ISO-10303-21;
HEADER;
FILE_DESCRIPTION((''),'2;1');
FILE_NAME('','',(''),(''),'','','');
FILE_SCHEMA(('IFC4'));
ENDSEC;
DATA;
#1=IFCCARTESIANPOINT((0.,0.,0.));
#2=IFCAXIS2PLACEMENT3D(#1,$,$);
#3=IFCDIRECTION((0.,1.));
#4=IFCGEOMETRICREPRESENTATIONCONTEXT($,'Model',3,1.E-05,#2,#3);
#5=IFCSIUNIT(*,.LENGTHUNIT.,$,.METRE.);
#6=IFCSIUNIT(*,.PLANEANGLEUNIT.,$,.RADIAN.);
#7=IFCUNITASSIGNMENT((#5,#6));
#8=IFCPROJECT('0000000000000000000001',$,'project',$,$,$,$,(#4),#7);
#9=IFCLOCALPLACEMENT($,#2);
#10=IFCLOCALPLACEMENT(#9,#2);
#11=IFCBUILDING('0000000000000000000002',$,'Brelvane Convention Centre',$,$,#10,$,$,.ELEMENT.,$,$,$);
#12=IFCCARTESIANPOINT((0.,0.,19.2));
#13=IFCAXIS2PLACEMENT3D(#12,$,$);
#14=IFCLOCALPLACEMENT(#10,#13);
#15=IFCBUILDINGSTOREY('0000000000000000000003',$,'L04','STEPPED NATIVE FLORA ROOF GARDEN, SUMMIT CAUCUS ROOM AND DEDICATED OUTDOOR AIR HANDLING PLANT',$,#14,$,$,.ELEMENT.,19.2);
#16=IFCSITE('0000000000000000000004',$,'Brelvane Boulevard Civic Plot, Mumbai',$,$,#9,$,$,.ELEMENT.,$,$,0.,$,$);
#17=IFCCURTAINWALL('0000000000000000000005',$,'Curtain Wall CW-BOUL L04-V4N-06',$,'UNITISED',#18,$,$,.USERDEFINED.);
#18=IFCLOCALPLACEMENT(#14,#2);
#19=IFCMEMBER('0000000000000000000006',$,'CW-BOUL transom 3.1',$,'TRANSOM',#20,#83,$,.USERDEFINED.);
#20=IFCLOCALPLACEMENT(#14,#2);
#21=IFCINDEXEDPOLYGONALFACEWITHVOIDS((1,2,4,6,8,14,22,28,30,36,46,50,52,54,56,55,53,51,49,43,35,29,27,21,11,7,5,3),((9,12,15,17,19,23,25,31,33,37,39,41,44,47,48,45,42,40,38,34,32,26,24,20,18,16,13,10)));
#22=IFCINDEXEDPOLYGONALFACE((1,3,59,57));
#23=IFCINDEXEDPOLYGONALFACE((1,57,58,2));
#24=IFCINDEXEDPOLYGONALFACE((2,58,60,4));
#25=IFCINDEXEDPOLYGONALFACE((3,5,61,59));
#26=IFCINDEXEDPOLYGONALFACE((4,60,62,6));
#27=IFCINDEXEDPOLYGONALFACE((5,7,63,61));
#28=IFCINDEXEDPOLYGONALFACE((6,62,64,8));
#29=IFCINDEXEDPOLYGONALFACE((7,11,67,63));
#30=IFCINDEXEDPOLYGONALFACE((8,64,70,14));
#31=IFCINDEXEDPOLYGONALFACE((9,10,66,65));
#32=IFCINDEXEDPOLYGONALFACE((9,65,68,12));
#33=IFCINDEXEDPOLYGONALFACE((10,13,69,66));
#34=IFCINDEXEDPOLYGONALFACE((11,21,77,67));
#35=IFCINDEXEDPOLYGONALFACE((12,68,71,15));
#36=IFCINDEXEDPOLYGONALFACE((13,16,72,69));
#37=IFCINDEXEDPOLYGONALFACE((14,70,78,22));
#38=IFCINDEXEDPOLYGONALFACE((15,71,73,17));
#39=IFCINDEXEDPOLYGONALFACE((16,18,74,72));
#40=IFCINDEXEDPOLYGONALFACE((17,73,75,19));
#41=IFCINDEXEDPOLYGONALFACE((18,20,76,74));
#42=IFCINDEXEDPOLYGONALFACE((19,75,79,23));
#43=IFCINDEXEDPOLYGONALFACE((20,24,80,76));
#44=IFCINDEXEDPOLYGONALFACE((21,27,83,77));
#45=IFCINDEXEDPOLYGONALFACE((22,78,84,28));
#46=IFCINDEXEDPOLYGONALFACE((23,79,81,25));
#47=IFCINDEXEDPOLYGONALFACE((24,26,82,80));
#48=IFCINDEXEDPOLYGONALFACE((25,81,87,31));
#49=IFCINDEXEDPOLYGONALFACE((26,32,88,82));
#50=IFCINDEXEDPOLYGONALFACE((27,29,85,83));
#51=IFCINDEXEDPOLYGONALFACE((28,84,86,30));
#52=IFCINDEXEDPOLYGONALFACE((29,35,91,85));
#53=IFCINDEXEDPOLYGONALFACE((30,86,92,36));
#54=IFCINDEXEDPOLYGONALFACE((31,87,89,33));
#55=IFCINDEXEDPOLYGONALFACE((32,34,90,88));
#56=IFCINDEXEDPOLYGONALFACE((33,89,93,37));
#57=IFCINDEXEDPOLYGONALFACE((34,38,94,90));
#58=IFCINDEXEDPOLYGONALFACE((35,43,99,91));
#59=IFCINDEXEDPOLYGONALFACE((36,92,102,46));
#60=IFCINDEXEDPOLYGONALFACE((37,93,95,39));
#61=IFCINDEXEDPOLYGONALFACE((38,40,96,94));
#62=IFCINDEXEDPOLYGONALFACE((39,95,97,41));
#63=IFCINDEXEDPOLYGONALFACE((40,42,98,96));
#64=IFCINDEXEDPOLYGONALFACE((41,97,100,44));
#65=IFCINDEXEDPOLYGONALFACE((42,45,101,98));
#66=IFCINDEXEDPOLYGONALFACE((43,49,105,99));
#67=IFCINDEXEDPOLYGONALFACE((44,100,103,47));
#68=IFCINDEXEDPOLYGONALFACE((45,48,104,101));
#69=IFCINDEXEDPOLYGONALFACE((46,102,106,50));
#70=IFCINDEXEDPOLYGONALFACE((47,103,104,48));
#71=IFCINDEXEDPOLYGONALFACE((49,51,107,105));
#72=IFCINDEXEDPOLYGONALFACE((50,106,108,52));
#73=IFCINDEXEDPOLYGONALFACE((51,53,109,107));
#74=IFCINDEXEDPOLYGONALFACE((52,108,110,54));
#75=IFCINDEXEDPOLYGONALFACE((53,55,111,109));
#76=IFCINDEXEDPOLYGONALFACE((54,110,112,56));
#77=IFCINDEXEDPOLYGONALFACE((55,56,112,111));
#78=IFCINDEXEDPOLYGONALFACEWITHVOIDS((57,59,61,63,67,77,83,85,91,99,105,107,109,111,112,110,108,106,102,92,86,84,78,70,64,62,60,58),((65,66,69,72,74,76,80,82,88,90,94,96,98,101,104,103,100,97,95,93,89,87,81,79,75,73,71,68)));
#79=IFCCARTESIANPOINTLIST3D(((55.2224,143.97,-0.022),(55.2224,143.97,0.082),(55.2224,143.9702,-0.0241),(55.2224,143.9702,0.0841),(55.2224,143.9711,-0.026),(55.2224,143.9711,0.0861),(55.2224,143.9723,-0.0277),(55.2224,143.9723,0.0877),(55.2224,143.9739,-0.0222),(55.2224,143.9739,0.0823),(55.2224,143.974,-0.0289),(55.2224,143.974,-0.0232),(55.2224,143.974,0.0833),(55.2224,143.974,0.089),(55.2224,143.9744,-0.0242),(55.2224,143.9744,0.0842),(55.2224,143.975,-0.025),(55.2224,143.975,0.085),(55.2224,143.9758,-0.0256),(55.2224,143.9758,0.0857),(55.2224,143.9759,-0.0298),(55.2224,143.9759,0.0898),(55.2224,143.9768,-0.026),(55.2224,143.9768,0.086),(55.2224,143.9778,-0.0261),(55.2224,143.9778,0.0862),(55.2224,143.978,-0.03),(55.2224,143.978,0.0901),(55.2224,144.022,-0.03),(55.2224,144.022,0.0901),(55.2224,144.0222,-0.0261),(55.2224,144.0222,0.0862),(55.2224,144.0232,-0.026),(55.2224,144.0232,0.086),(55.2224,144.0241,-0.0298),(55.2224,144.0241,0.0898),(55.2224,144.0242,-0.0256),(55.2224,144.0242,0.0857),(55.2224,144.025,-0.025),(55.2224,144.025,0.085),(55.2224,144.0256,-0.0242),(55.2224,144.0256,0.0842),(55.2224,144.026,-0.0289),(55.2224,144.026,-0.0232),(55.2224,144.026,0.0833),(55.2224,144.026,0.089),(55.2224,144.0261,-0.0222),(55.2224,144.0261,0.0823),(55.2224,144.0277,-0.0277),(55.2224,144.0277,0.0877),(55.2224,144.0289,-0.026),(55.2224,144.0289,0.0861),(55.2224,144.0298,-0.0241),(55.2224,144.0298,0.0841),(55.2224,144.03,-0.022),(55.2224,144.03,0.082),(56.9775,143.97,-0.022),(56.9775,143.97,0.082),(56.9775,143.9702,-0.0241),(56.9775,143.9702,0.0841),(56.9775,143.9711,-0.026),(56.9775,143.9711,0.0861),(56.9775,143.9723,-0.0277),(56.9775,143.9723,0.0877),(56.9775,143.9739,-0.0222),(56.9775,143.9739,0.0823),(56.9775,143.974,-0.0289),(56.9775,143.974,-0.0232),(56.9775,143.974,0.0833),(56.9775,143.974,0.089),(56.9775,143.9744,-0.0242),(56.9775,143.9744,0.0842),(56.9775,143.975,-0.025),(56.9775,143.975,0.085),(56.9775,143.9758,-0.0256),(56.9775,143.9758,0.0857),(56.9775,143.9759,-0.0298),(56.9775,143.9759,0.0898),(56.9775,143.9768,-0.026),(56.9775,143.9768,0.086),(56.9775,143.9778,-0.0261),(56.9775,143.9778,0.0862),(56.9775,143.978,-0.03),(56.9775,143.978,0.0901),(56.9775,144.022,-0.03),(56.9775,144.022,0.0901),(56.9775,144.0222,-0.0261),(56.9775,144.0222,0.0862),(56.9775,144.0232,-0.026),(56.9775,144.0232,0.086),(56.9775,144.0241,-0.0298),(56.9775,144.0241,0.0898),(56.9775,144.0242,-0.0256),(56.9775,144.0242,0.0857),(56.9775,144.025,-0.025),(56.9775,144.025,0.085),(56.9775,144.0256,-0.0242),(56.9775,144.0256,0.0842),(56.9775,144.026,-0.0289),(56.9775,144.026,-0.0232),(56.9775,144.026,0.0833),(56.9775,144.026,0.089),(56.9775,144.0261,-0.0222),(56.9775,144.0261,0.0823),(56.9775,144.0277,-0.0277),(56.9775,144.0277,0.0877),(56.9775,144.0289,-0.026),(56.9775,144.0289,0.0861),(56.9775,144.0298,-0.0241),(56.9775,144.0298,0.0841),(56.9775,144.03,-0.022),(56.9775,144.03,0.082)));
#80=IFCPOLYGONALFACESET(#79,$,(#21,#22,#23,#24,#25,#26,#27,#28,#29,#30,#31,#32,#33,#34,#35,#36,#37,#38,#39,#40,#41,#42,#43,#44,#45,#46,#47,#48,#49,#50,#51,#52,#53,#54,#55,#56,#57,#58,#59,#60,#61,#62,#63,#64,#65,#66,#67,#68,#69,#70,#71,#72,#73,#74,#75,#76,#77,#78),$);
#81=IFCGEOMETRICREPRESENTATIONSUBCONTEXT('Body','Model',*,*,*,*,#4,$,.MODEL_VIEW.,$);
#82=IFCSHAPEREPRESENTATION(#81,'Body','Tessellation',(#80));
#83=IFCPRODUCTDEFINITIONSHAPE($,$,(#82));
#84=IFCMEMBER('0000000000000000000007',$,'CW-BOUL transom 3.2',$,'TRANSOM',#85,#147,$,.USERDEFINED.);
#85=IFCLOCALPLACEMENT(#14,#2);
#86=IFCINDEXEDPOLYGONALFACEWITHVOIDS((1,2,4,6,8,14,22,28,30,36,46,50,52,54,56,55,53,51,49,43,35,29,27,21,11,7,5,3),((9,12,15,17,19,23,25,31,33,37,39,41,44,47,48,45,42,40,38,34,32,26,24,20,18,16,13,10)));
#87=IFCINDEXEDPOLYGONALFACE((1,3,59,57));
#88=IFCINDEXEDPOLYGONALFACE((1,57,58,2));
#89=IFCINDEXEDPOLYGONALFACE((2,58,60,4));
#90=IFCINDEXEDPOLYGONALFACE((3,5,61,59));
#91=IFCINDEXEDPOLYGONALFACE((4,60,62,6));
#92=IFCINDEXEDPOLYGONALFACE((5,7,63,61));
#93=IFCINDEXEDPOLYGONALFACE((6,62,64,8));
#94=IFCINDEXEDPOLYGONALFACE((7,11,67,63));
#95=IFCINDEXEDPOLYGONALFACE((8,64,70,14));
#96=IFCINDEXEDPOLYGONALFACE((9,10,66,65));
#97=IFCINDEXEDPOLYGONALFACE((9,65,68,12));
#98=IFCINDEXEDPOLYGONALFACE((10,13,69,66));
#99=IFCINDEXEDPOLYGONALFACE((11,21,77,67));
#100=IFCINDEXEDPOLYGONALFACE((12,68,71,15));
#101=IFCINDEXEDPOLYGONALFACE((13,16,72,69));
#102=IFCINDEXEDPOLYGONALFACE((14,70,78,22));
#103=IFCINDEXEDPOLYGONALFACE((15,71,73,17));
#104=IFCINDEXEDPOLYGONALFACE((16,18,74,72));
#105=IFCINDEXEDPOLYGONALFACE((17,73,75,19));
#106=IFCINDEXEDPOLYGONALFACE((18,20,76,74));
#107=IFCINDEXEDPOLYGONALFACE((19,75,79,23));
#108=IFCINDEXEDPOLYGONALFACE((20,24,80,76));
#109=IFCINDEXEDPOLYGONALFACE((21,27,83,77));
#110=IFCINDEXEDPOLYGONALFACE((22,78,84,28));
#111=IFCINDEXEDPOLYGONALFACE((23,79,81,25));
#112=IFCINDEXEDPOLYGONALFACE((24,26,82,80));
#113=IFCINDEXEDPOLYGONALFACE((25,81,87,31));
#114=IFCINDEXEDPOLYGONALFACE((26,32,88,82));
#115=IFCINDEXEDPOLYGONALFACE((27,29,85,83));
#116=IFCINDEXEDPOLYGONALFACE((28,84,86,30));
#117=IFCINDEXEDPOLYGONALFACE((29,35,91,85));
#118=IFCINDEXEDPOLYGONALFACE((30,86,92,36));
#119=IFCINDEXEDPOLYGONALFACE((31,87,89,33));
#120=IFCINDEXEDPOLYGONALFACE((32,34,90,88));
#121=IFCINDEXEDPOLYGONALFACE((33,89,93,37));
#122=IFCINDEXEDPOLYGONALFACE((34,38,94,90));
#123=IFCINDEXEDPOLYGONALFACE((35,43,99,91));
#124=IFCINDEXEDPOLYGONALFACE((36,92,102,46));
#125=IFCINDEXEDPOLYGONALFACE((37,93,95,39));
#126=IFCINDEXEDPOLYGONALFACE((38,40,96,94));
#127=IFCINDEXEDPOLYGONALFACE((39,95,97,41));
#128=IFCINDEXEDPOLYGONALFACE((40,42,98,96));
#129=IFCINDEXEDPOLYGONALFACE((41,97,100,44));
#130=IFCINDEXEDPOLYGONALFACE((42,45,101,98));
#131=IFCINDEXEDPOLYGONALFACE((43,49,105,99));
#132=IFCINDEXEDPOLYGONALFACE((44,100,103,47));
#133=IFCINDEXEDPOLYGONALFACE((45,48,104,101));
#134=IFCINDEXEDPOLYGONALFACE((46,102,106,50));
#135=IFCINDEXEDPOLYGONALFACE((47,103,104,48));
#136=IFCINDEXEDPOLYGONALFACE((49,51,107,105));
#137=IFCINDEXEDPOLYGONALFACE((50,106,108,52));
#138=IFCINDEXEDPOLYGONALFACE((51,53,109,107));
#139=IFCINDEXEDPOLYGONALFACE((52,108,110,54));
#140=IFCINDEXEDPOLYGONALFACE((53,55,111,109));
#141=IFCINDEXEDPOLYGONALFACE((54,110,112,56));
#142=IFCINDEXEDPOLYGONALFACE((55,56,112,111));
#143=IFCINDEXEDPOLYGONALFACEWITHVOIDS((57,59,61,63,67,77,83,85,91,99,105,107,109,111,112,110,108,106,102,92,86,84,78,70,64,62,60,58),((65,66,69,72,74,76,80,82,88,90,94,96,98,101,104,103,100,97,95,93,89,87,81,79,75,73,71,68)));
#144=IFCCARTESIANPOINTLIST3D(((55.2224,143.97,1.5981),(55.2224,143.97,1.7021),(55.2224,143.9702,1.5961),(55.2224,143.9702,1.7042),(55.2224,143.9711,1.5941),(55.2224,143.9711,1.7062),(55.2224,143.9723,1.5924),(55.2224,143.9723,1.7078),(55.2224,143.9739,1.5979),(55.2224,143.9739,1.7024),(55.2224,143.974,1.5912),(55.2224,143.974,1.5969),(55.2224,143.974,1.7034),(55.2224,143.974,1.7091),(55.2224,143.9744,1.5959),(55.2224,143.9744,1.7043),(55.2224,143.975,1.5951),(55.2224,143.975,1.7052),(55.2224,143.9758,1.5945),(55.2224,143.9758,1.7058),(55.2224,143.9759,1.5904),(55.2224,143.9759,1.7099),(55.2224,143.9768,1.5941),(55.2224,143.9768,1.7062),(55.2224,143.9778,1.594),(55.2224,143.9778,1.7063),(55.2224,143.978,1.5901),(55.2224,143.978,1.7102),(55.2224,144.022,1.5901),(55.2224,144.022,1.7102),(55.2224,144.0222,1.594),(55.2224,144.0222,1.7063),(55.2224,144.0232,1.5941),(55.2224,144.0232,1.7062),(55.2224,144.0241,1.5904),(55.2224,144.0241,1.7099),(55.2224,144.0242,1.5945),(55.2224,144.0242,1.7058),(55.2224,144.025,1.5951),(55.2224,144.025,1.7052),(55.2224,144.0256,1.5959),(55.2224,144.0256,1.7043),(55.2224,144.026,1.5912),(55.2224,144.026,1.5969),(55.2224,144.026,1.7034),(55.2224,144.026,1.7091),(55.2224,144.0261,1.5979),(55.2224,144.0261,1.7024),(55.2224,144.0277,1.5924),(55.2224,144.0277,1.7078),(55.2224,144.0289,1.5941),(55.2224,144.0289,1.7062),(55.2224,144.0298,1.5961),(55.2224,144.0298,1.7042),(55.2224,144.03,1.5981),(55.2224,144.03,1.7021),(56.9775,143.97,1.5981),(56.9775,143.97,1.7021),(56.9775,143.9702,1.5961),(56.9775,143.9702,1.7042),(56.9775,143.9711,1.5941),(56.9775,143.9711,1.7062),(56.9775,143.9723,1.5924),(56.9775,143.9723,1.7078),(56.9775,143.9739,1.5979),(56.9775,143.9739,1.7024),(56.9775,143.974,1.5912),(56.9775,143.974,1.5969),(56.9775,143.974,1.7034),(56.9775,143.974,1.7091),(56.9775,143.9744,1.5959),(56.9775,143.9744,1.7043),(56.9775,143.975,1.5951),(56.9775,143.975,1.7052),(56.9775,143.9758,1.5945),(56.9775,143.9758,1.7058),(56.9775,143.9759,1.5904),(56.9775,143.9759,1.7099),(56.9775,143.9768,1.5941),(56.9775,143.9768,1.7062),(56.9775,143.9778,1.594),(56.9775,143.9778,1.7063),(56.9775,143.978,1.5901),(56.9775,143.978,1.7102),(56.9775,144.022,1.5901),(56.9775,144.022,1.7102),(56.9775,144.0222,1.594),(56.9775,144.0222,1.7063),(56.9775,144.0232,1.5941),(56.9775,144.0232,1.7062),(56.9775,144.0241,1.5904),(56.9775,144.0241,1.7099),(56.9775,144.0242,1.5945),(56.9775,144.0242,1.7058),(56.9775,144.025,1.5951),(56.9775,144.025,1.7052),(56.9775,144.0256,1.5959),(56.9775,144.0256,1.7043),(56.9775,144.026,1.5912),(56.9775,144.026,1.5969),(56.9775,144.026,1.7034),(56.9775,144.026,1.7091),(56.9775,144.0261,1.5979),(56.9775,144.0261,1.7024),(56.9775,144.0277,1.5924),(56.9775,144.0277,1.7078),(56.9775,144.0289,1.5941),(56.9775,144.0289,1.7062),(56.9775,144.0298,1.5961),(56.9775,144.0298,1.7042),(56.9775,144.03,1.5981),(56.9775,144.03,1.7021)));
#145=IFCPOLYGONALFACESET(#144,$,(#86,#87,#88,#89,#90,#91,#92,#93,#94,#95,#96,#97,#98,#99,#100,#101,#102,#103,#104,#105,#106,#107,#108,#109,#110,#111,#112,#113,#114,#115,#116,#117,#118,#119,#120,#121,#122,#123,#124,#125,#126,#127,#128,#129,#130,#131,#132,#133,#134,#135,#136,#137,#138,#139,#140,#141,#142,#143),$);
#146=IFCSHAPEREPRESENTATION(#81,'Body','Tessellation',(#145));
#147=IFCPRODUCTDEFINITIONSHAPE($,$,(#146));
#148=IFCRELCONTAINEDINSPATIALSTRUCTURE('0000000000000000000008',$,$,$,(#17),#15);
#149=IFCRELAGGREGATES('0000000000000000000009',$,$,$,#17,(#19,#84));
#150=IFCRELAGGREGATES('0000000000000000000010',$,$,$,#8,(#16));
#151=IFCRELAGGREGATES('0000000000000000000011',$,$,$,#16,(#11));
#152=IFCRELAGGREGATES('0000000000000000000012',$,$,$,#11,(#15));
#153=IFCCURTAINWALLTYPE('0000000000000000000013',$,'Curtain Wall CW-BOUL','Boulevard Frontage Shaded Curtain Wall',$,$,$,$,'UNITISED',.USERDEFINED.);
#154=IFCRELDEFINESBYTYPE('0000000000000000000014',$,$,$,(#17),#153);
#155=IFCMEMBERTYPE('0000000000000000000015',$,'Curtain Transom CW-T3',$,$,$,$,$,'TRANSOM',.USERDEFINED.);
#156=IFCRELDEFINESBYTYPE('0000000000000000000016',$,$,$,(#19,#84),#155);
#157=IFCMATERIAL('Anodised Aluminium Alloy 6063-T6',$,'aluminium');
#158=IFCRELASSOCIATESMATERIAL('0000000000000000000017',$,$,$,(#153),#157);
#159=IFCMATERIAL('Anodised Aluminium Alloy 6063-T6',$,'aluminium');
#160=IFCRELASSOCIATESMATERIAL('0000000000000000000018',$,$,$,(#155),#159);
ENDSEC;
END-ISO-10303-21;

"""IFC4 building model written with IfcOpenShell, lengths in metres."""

from ifc_helpers import new_model, si_unit, direction, frame, origin, origin_2d, place, context, subcontext, project, spatial, hollow_rectangle, extrude, material, material_profile, profile_set, type_object, element, aggregate, save


model = new_model("IFC4")

# Units and contexts
model_context = context("Model", 3, precision=1e-05, world=origin(), true_north=direction((0.0, 1.0)))
body_context = subcontext(model_context, "Body", "Model", "MODEL_VIEW")
ifc_project = project(units=[si_unit("LENGTHUNIT", "METRE"), si_unit("PLANEANGLEUNIT", "RADIAN")], contexts=[model_context])

# Site, building, storey
site_placement = place(None, origin())
site = spatial("IfcSite", under=ifc_project, at=site_placement, Name="Brelvane Boulevard Civic Plot, Mumbai", CompositionType="ELEMENT", RefElevation=0.0)
building_placement = place(site_placement, origin())
building = spatial("IfcBuilding", under=site, at=building_placement, Name="Brelvane Convention Centre", CompositionType="ELEMENT")
storey_placement = place(building_placement, frame((0.0, 0.0, 19.2)))
storey = spatial("IfcBuildingStorey", under=building, at=storey_placement, Name="L04", Description="STEPPED NATIVE FLORA ROOF GARDEN, SUMMIT CAUCUS ROOM AND DEDICATED OUTDOOR AIR HANDLING PLANT", CompositionType="ELEMENT", Elevation=19.2)

# Shared definitions
ifc_material_1 = material(Name="Anodised Aluminium Alloy 6063-T6", Category="aluminium")
curtain_wall_type = type_object("IfcCurtainWallType", Name="Curtain Wall CW-BOUL", Description="Boulevard Frontage Shaded Curtain Wall", ElementType="UNITISED", PredefinedType="USERDEFINED", material=ifc_material_1)

# Curtain wall
curtain_wall_1_placement = place(storey_placement, origin())
curtain_wall_1 = element("IfcCurtainWall", 1, at=curtain_wall_1_placement, inside=storey, type_object=curtain_wall_type, Name="Curtain Wall CW-BOUL L04-V4N-06", ObjectType="UNITISED", PredefinedType="USERDEFINED")

# Members
ifc_material_2 = material(Name="Anodised Aluminium Alloy 6063-T6", Category="aluminium")
ifc_material_profile_1 = material_profile(ifc_material_2, hollow_rectangle(XDim=0.0601, YDim=0.1201, WallThickness=0.0039, InnerFilletRadius=0.0039, OuterFilletRadius=0.0081, at=origin_2d()), Name="ALU-T 120x60x4.0")
ifc_profile_set_1 = profile_set([ifc_material_profile_1], Name="Anodised Aluminium Alloy 6063-T6")
member_type_1 = type_object("IfcMemberType", Name="Curtain Transom CW-T3", ElementType="TRANSOM", PredefinedType="USERDEFINED", material=ifc_profile_set_1)
member_1_placement = place(storey_placement, frame((55.2224, 144.0, 0.03), z_axis=(1.0, 0.0, 0.0), x_axis=(0.0, 1.0, 0.0)))
member_1 = element("IfcMember", 2, at=member_1_placement, type_object=member_type_1, Name="CW-BOUL transom 3.1", ObjectType="TRANSOM", PredefinedType="USERDEFINED", context=body_context, shape_type="SweptSolid", body=[
    extrude(hollow_rectangle(XDim=0.0601, YDim=0.1201, WallThickness=0.0039, InnerFilletRadius=0.0039, OuterFilletRadius=0.0081, at=origin_2d()), origin(), (0.0, 0.0, 1.0), 1.7551),
])
member_2_placement = place(storey_placement, frame((55.2224, 144.0, 1.6501), z_axis=(1.0, 0.0, 0.0), x_axis=(0.0, 1.0, 0.0)))
member_2 = element("IfcMember", 3, at=member_2_placement, type_object=member_type_1, Name="CW-BOUL transom 3.2", ObjectType="TRANSOM", PredefinedType="USERDEFINED", context=body_context, shape_type="SweptSolid", body=[
    extrude(hollow_rectangle(XDim=0.0601, YDim=0.1201, WallThickness=0.0039, InnerFilletRadius=0.0039, OuterFilletRadius=0.0081, at=origin_2d()), origin(), (0.0, 0.0, 1.0), 1.7551),
])

aggregate(curtain_wall_1, [member_1, member_2])

save(model, "model.ifc")
